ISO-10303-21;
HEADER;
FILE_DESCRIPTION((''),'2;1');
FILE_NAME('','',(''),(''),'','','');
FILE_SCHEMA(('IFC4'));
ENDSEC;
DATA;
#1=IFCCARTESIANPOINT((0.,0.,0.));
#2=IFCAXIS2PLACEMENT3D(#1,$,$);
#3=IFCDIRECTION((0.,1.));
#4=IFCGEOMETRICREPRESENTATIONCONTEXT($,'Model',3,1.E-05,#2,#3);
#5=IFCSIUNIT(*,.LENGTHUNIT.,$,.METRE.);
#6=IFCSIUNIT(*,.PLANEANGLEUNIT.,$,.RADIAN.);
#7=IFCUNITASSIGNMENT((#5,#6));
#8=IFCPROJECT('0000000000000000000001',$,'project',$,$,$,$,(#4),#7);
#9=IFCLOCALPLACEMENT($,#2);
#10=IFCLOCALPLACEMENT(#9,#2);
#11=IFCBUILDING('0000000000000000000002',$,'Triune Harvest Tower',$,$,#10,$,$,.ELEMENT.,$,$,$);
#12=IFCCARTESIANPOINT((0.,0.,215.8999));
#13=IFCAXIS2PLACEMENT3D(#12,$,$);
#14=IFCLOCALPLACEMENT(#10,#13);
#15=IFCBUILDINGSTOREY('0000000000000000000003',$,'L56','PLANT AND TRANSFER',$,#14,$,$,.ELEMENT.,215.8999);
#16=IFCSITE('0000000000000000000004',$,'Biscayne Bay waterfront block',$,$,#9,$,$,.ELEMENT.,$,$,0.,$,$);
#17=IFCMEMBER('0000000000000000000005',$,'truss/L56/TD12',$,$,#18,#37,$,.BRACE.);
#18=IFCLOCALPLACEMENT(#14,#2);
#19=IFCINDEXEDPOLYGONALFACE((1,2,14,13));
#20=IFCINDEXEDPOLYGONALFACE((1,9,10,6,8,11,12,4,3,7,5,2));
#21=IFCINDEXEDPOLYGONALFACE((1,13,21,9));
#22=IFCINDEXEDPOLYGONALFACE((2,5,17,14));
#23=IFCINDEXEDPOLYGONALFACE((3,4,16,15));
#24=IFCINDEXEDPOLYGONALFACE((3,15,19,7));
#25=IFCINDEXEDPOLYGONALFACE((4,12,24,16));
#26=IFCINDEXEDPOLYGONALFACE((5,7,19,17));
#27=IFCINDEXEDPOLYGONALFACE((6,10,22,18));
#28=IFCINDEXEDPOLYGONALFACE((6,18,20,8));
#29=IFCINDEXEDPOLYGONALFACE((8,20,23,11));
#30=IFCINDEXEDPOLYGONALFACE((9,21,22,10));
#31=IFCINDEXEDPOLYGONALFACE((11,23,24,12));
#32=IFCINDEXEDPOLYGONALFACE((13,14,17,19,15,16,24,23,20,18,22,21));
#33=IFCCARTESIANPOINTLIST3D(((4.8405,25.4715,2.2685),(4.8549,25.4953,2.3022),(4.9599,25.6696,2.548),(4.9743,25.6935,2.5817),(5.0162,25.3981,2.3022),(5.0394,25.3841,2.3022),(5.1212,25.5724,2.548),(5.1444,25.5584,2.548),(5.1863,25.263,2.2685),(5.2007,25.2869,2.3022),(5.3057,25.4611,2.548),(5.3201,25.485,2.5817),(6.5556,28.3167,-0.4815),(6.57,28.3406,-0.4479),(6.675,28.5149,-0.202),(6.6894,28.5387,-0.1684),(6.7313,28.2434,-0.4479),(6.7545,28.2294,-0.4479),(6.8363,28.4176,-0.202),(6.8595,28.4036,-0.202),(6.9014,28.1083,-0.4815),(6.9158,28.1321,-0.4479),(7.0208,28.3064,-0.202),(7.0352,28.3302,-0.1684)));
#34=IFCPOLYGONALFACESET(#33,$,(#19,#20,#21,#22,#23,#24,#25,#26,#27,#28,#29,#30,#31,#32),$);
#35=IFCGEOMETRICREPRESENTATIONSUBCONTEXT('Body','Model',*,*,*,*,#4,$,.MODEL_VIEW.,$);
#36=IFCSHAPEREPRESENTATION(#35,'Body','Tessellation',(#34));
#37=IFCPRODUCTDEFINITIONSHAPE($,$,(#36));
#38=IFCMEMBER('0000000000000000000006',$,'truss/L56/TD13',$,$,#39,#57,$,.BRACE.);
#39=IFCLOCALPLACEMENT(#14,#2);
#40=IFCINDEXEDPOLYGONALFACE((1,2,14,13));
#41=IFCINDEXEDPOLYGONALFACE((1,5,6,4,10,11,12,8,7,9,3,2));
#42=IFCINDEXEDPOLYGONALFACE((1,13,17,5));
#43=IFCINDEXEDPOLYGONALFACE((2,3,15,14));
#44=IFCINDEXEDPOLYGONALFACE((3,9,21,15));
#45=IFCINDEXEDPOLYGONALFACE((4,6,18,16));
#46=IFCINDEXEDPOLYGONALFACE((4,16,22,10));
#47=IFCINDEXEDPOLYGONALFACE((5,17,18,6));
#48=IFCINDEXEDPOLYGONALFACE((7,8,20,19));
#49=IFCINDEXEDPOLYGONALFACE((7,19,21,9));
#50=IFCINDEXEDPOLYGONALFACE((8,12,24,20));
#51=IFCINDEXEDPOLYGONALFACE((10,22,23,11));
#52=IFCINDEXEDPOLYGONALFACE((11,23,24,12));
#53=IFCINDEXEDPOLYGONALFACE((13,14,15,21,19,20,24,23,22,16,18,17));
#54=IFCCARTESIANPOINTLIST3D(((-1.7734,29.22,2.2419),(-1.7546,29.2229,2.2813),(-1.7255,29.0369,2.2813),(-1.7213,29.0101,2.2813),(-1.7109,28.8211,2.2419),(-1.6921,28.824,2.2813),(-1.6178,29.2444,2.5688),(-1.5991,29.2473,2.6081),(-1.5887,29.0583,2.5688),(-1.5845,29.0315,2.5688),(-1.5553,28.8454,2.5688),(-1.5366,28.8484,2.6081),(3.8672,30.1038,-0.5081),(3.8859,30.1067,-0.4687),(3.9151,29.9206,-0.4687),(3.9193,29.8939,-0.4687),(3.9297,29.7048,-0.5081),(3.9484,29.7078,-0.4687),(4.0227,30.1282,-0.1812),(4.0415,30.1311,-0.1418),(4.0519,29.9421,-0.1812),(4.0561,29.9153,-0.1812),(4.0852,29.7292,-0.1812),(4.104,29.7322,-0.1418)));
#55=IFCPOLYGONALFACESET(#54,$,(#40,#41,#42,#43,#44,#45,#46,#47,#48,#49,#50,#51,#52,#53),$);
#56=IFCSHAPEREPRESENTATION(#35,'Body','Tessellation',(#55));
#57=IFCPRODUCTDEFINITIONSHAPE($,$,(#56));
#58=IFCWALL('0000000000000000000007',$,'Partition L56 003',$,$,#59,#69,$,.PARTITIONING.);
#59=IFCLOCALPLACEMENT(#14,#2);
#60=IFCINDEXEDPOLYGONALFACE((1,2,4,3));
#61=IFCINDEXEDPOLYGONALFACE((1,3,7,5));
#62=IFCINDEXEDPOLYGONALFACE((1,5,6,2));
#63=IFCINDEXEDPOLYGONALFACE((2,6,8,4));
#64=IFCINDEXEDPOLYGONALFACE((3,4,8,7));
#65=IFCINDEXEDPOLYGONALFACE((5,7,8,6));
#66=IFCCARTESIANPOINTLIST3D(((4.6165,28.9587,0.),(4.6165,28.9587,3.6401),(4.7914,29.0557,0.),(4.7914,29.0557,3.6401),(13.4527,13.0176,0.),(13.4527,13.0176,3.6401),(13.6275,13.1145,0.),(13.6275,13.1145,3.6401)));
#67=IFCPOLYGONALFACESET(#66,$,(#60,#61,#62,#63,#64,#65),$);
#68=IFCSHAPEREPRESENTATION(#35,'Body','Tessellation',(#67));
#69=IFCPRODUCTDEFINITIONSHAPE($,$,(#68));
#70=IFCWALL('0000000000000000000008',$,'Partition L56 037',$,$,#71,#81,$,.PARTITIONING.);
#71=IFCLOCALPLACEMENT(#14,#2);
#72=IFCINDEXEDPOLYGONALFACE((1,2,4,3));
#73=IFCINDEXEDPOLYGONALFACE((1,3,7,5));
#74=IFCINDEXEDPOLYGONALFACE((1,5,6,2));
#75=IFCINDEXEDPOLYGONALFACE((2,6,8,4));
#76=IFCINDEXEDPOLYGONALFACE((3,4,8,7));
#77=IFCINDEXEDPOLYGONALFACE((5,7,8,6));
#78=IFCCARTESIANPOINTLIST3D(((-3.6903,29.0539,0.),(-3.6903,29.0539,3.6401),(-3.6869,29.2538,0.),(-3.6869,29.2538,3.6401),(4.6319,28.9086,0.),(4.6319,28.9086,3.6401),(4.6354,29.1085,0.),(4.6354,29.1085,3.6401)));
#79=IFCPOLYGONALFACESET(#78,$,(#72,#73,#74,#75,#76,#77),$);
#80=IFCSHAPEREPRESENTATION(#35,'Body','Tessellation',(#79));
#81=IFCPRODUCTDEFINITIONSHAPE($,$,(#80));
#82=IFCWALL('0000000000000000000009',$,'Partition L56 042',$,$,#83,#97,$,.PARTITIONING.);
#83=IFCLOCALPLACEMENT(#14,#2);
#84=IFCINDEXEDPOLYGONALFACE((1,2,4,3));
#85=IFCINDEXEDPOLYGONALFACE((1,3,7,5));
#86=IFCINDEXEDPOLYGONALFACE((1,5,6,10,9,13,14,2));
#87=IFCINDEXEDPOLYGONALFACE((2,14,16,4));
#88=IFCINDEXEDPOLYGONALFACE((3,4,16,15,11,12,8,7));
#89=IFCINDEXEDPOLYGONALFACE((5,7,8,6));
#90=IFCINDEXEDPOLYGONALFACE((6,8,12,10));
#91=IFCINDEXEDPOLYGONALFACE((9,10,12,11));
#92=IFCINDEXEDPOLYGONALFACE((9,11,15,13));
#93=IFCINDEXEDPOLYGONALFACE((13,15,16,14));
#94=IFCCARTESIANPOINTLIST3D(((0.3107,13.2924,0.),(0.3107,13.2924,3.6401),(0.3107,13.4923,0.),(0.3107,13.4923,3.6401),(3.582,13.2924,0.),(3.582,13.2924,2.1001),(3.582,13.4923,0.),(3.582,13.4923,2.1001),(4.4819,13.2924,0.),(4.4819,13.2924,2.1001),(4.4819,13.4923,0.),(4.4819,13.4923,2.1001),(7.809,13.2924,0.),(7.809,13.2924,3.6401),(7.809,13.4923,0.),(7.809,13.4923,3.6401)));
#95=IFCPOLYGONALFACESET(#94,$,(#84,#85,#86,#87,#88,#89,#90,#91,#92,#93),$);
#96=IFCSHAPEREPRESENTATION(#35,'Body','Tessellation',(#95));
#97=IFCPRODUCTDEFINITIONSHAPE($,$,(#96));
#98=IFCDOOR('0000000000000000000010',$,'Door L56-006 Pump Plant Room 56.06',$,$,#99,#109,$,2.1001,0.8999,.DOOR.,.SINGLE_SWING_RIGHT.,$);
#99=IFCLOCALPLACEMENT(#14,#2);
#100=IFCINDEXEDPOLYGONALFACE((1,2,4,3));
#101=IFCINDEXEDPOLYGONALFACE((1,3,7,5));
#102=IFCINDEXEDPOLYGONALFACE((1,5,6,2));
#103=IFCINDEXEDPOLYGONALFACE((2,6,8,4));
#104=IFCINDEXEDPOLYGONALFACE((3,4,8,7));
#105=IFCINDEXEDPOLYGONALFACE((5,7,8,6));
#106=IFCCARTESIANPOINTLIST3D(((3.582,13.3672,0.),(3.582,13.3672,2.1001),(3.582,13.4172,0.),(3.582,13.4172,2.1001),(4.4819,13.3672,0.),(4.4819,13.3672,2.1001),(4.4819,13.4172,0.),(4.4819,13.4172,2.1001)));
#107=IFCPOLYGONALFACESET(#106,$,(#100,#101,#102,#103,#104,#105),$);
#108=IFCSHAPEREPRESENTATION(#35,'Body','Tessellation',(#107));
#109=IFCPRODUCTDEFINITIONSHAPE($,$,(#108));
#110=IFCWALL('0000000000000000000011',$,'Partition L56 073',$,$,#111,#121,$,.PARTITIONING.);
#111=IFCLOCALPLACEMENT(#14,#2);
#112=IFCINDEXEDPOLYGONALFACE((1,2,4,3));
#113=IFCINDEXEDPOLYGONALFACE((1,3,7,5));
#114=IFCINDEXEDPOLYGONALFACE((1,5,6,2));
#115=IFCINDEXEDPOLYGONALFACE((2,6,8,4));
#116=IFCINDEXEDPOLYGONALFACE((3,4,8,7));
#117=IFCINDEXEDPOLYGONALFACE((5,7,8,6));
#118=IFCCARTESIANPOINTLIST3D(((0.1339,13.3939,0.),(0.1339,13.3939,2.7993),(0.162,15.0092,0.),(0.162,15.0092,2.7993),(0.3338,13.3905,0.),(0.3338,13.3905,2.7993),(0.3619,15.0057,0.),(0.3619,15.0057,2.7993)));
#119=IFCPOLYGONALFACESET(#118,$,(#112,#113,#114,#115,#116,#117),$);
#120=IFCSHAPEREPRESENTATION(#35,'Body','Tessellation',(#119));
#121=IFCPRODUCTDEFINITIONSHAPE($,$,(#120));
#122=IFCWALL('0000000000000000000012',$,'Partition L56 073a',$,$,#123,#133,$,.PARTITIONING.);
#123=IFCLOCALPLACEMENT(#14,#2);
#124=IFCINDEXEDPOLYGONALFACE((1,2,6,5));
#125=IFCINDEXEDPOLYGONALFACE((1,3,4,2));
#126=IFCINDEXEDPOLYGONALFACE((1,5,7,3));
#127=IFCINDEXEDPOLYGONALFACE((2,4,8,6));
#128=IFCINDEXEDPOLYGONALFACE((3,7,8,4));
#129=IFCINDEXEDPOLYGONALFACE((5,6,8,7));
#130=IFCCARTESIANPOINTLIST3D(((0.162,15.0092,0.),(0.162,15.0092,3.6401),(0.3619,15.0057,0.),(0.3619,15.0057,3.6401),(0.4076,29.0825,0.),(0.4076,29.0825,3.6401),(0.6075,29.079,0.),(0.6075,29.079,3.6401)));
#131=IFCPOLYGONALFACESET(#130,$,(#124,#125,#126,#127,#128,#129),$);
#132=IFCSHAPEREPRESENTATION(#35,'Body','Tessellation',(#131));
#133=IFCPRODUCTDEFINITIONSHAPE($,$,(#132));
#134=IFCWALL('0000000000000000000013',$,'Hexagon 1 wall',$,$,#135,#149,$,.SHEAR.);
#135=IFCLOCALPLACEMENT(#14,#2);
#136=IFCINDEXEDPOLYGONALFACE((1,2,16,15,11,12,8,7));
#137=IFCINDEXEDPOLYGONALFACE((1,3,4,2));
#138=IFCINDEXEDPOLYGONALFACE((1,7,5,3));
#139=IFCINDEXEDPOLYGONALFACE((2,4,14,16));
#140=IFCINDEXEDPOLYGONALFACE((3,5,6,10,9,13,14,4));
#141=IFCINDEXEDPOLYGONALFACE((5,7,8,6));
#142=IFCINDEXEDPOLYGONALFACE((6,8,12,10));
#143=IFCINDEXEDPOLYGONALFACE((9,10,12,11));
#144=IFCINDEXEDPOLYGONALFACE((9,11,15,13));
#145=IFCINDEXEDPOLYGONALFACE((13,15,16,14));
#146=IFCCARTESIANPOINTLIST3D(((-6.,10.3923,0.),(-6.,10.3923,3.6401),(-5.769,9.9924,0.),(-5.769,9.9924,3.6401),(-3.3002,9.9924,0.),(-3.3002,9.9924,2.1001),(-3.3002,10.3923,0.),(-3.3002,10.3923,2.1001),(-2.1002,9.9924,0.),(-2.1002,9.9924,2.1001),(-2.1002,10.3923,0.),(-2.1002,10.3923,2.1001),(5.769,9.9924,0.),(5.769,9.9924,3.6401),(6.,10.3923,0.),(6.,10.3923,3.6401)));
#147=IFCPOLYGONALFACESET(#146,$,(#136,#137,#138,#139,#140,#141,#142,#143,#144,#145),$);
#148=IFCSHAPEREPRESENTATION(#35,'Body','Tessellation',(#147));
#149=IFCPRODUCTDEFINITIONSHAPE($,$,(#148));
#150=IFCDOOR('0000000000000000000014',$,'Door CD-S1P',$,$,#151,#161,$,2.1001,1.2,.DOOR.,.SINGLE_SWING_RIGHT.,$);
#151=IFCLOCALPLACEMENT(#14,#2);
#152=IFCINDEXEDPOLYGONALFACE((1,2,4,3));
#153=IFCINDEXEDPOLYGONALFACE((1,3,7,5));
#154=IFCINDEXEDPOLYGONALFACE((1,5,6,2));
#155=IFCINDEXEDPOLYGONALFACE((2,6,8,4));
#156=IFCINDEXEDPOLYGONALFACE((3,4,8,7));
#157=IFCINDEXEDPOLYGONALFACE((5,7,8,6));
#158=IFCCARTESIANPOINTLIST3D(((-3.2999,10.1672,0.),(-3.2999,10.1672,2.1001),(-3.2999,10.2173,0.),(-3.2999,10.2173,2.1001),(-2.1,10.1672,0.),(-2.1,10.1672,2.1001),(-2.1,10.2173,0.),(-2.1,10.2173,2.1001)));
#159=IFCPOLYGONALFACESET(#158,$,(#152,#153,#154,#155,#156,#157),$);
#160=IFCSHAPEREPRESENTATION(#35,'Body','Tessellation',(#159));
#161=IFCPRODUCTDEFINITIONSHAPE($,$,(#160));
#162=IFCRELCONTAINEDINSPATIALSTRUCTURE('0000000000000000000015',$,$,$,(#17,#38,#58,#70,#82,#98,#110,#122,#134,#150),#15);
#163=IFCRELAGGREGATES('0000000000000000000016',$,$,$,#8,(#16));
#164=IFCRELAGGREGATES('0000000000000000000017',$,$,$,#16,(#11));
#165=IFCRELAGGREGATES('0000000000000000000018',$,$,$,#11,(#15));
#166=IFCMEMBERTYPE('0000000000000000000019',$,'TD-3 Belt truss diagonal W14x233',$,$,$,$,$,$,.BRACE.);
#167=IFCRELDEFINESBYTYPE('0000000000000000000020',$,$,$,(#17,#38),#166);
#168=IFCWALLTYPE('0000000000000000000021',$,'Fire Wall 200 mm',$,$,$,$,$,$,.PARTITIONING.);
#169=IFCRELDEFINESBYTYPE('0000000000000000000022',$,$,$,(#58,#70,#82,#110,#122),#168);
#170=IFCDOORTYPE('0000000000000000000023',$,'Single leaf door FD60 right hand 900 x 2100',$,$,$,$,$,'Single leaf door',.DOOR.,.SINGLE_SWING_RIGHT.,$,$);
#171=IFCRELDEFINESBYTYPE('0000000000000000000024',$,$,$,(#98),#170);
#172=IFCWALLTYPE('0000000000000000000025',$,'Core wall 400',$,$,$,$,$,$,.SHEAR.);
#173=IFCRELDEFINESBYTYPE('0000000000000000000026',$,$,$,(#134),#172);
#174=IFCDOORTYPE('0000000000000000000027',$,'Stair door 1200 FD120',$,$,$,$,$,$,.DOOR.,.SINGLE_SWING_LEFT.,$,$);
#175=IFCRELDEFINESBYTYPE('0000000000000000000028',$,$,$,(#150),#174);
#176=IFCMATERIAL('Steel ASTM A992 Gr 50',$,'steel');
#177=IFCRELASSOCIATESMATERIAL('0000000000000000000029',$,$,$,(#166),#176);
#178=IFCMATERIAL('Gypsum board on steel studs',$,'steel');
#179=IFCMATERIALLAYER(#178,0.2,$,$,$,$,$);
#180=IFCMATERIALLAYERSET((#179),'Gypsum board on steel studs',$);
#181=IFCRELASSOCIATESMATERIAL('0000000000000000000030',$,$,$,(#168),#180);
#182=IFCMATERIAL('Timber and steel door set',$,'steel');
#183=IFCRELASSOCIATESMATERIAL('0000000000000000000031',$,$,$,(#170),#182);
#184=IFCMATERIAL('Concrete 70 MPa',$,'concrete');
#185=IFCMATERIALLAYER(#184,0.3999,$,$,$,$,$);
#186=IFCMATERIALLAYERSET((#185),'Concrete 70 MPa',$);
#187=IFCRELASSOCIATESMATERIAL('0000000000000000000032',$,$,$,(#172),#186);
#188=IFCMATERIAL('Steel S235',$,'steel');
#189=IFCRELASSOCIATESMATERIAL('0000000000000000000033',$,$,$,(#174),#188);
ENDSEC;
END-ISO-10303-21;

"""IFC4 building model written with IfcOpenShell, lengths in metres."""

from ifc_helpers import new_model, si_unit, direction, frame, frame_2d, origin, origin_2d, place, context, subcontext, project, spatial, polyline, rectangle, i_section, outline, extrude, source, transform, mapped, material, layer, layer_set, material_profile, profile_set, type_object, element, fill, save


model = new_model("IFC4")

# Units and contexts
model_context = context("Model", 3, precision=1e-05, world=origin(), true_north=direction((0.0, 1.0)))
body_context = subcontext(model_context, "Body", "Model", "MODEL_VIEW")
ifc_project = project(units=[si_unit("LENGTHUNIT", "METRE"), si_unit("PLANEANGLEUNIT", "RADIAN")], contexts=[model_context])

# Site, building, storey
site_placement = place(None, origin())
site = spatial("IfcSite", under=ifc_project, at=site_placement, Name="Biscayne Bay waterfront block", CompositionType="ELEMENT", RefElevation=0.0)
building_placement = place(site_placement, origin())
building = spatial("IfcBuilding", under=site, at=building_placement, Name="Triune Harvest Tower", CompositionType="ELEMENT")
storey_placement = place(building_placement, frame((0.0, 0.0, 215.8999)))
storey = spatial("IfcBuildingStorey", under=building, at=storey_placement, Name="L56", Description="PLANT AND TRANSFER", CompositionType="ELEMENT", Elevation=215.8999)

# Members
ifc_material_1 = material(Name="Steel ASTM A992 Gr 50", Category="steel")
ifc_material_profile_1 = material_profile(ifc_material_1, i_section(OverallWidth=0.4038, OverallDepth=0.4065, WebThickness=0.0271, FlangeThickness=0.0437, at=origin_2d()), Name="W14x233")
ifc_profile_set_1 = profile_set([ifc_material_profile_1], Name="Steel ASTM A992 Gr 50")
member_type_1 = type_object("IfcMemberType", Name="TD-3 Belt truss diagonal W14x233", PredefinedType="BRACE", material=ifc_profile_set_1)
shared_shape_1 = source(origin(), body_context, "Body", "SweptSolid", [
    extrude(i_section(OverallWidth=0.4038, OverallDepth=0.4065, WebThickness=0.0271, FlangeThickness=0.0437, at=origin_2d()), origin(), (0.0, 0.0, 1.0), 4.3127),
])
member_1_placement = place(storey_placement, frame((6.7954, 28.3235, -0.325), z_axis=(-0.397684, -0.659731, 0.637653), x_axis=(0.856434, -0.516256, 0.0)))
element("IfcMember", 1, at=member_1_placement, inside=storey, type_object=member_type_1, Name="truss/L56/TD12", PredefinedType="BRACE", context=body_context, shape_type="MappedRepresentation", body=[
    mapped(shared_shape_1, transform((0.0, 0.0, 0.0), scale=1.0)),
])
shared_shape_2 = source(origin(), body_context, "Body", "SweptSolid", [
    extrude(i_section(OverallWidth=0.4038, OverallDepth=0.4065, WebThickness=0.0271, FlangeThickness=0.0437, at=origin_2d()), origin(), (0.0, 0.0, 1.0), 6.3372),
])
member_2_placement = place(storey_placement, frame((3.9856, 29.918, -0.325), z_axis=(-0.89008, -0.13946, 0.433945), x_axis=(0.154794, -0.987947, 0.0)))
element("IfcMember", 2, at=member_2_placement, inside=storey, type_object=member_type_1, Name="truss/L56/TD13", PredefinedType="BRACE", context=body_context, shape_type="MappedRepresentation", body=[
    mapped(shared_shape_2, transform((0.0, 0.0, 0.0), scale=1.0)),
])

# Walls
ifc_material_2 = material(Name="Gypsum board on steel studs", Category="steel")
ifc_layer_1 = layer(ifc_material_2, 0.2)
ifc_layer_set_1 = layer_set([ifc_layer_1], Name="Gypsum board on steel studs")
wall_type_1 = type_object("IfcWallType", Name="Fire Wall 200 mm", PredefinedType="PARTITIONING", material=ifc_layer_set_1)
wall_1_placement = place(storey_placement, frame((4.7039, 29.0073, 0.0), z_axis=(0.0, 0.0, 1.0), x_axis=(0.484803, -0.874623, 0.0)))
element("IfcWall", 3, at=wall_1_placement, inside=storey, type_object=wall_type_1, Name="Partition L56 003", PredefinedType="PARTITIONING", context=body_context, shape_type="SweptSolid", body=[
    extrude(rectangle(XDim=18.2263, YDim=0.2, at=frame_2d((9.1133, 0.0))), origin(), (0.0, 0.0, 1.0), 3.6401),
])
wall_2_placement = place(storey_placement, frame((-3.6885, 29.1538, 0.0), z_axis=(0.0, 0.0, 1.0), x_axis=(0.999848, -0.017452, 0.0)))
element("IfcWall", 4, at=wall_2_placement, inside=storey, type_object=wall_type_1, Name="Partition L56 037", PredefinedType="PARTITIONING", context=body_context, shape_type="SweptSolid", body=[
    extrude(rectangle(XDim=8.3235, YDim=0.2, at=frame_2d((4.1616, 0.0))), origin(), (0.0, 0.0, 1.0), 3.6401),
])

# Wall, opening, door
wall_3_placement = place(storey_placement, frame((0.3108, 13.3923, 0.0), z_axis=(0.0, 0.0, 1.0), x_axis=(1.0, 0.0, 0.0)))
wall_3 = element("IfcWall", 5, at=wall_3_placement, inside=storey, type_object=wall_type_1, Name="Partition L56 042", PredefinedType="PARTITIONING", context=body_context, shape_type="SweptSolid", body=[
    extrude(rectangle(XDim=7.4983, YDim=0.2, at=frame_2d((3.749, 0.0))), origin(), (0.0, 0.0, 1.0), 3.6401),
])
opening_1_placement = place(wall_3_placement, frame((3.2712, 0.0, 0.0)))
opening_1 = element("IfcOpeningElement", 6, at=opening_1_placement, cuts=wall_3, PredefinedType="OPENING", context=body_context, shape_type="SweptSolid", body=[
    extrude(rectangle(XDim=0.8999, YDim=2.1001, at=frame_2d((0.45, 1.05))), frame((0.0, 0.1099, 0.0), z_axis=(0.0, -1.0, 0.0), x_axis=(1.0, 0.0, 0.0)), (0.0, 0.0, 1.0), 0.22),
])
ifc_material_3 = material(Name="Timber and steel door set", Category="steel")
door_type_1 = type_object("IfcDoorType", Name="Single leaf door FD60 right hand 900 x 2100", ElementType="Single leaf door", OperationType="SINGLE_SWING_RIGHT", PredefinedType="DOOR", material=ifc_material_3)
door_1_placement = place(opening_1_placement, origin())
door_1 = element("IfcDoor", 7, at=door_1_placement, inside=storey, type_object=door_type_1, Name="Door L56-006 Pump Plant Room 56.06", OperationType="SINGLE_SWING_RIGHT", OverallHeight=2.1001, OverallWidth=0.8999, PredefinedType="DOOR", context=body_context, shape_type="SweptSolid", body=[
    extrude(rectangle(XDim=0.8999, YDim=2.1001, at=frame_2d((0.45, 1.05))), frame((0.0, 0.0249, 0.0), z_axis=(0.0, -1.0, 0.0), x_axis=(1.0, 0.0, 0.0)), (0.0, 0.0, 1.0), 0.05),
])
fill(opening_1, door_1)

# Walls
wall_4_placement = place(storey_placement, frame((0.2339, 13.3923, 0.0), z_axis=(0.0, 0.0, 1.0), x_axis=(0.017379, 0.999849, 0.0)))
element("IfcWall", 8, at=wall_4_placement, inside=storey, type_object=wall_type_1, Name="Partition L56 073", PredefinedType="PARTITIONING", context=body_context, shape_type="SweptSolid", body=[
    extrude(rectangle(XDim=1.6155, YDim=0.2, at=frame_2d((0.8076, 0.0))), origin(), (0.0, 0.0, 1.0), 2.7993),
])
wall_5_placement = place(storey_placement, frame((0.262, 15.0076, 0.0), z_axis=(0.0, 0.0, 1.0), x_axis=(0.017449, 0.999848, 0.0)))
element("IfcWall", 9, at=wall_5_placement, inside=storey, type_object=wall_type_1, Name="Partition L56 073a", PredefinedType="PARTITIONING", context=body_context, shape_type="SweptSolid", body=[
    extrude(rectangle(XDim=14.0754, YDim=0.2, at=frame_2d((7.0376, 0.0))), origin(), (0.0, 0.0, 1.0), 3.6401),
])

# Wall, opening, door
ifc_material_4 = material(Name="Concrete 70 MPa", Category="concrete")
ifc_layer_2 = layer(ifc_material_4, 0.3999)
ifc_layer_set_2 = layer_set([ifc_layer_2], Name="Concrete 70 MPa")
wall_type_2 = type_object("IfcWallType", Name="Core wall 400", PredefinedType="SHEAR", material=ifc_layer_set_2)
shared_shape_3 = source(origin(), body_context, "Body", "SweptSolid", [
    extrude(outline(polyline([(-0.1155, -0.2), (11.8845, -0.2), (11.6536, 0.2), (0.1155, 0.2), (-0.1155, -0.2)])), origin(), (0.0, 0.0, 1.0), 3.6401),
])
wall_6_placement = place(storey_placement, frame((5.8845, 10.1924, 0.0), z_axis=(0.0, 0.0, 1.0), x_axis=(-1.0, 0.0, 0.0)))
wall_6 = element("IfcWall", 10, at=wall_6_placement, inside=storey, type_object=wall_type_2, Name="Hexagon 1 wall", PredefinedType="SHEAR", context=body_context, shape_type="MappedRepresentation", body=[
    mapped(shared_shape_3, transform((0.0, 0.0, 0.0), scale=1.0)),
])
opening_2_placement = place(wall_6_placement, frame((7.9846, 0.0, 0.0)))
opening_2 = element("IfcOpeningElement", 11, at=opening_2_placement, cuts=wall_6, PredefinedType="OPENING", context=body_context, shape_type="SweptSolid", body=[
    extrude(rectangle(XDim=1.2, YDim=2.1001, at=frame_2d((0.6001, 1.05))), frame((0.0, 0.21, 0.0), z_axis=(0.0, -1.0, 0.0), x_axis=(1.0, 0.0, 0.0)), (0.0, 0.0, 1.0), 0.4199),
])
ifc_material_5 = material(Name="Steel S235", Category="steel")
door_type_2 = type_object("IfcDoorType", Name="Stair door 1200 FD120", OperationType="SINGLE_SWING_LEFT", PredefinedType="DOOR", material=ifc_material_5)
door_2_placement = place(opening_2_placement, frame((1.2, 0.0, 0.0), z_axis=(0.0, 0.0, 1.0), x_axis=(-1.0, 0.0, 0.0)))
door_2 = element("IfcDoor", 12, at=door_2_placement, inside=storey, type_object=door_type_2, Name="Door CD-S1P", OperationType="SINGLE_SWING_RIGHT", OverallHeight=2.1001, OverallWidth=1.2, PredefinedType="DOOR", context=body_context, shape_type="SweptSolid", body=[
    extrude(rectangle(XDim=1.2, YDim=2.1001, at=frame_2d((0.6001, 1.05))), frame((0.0, 0.0249, 0.0), z_axis=(0.0, -1.0, 0.0), x_axis=(1.0, 0.0, 0.0)), (0.0, 0.0, 1.0), 0.05),
])
fill(opening_2, door_2)

save(model, "model.ifc")
